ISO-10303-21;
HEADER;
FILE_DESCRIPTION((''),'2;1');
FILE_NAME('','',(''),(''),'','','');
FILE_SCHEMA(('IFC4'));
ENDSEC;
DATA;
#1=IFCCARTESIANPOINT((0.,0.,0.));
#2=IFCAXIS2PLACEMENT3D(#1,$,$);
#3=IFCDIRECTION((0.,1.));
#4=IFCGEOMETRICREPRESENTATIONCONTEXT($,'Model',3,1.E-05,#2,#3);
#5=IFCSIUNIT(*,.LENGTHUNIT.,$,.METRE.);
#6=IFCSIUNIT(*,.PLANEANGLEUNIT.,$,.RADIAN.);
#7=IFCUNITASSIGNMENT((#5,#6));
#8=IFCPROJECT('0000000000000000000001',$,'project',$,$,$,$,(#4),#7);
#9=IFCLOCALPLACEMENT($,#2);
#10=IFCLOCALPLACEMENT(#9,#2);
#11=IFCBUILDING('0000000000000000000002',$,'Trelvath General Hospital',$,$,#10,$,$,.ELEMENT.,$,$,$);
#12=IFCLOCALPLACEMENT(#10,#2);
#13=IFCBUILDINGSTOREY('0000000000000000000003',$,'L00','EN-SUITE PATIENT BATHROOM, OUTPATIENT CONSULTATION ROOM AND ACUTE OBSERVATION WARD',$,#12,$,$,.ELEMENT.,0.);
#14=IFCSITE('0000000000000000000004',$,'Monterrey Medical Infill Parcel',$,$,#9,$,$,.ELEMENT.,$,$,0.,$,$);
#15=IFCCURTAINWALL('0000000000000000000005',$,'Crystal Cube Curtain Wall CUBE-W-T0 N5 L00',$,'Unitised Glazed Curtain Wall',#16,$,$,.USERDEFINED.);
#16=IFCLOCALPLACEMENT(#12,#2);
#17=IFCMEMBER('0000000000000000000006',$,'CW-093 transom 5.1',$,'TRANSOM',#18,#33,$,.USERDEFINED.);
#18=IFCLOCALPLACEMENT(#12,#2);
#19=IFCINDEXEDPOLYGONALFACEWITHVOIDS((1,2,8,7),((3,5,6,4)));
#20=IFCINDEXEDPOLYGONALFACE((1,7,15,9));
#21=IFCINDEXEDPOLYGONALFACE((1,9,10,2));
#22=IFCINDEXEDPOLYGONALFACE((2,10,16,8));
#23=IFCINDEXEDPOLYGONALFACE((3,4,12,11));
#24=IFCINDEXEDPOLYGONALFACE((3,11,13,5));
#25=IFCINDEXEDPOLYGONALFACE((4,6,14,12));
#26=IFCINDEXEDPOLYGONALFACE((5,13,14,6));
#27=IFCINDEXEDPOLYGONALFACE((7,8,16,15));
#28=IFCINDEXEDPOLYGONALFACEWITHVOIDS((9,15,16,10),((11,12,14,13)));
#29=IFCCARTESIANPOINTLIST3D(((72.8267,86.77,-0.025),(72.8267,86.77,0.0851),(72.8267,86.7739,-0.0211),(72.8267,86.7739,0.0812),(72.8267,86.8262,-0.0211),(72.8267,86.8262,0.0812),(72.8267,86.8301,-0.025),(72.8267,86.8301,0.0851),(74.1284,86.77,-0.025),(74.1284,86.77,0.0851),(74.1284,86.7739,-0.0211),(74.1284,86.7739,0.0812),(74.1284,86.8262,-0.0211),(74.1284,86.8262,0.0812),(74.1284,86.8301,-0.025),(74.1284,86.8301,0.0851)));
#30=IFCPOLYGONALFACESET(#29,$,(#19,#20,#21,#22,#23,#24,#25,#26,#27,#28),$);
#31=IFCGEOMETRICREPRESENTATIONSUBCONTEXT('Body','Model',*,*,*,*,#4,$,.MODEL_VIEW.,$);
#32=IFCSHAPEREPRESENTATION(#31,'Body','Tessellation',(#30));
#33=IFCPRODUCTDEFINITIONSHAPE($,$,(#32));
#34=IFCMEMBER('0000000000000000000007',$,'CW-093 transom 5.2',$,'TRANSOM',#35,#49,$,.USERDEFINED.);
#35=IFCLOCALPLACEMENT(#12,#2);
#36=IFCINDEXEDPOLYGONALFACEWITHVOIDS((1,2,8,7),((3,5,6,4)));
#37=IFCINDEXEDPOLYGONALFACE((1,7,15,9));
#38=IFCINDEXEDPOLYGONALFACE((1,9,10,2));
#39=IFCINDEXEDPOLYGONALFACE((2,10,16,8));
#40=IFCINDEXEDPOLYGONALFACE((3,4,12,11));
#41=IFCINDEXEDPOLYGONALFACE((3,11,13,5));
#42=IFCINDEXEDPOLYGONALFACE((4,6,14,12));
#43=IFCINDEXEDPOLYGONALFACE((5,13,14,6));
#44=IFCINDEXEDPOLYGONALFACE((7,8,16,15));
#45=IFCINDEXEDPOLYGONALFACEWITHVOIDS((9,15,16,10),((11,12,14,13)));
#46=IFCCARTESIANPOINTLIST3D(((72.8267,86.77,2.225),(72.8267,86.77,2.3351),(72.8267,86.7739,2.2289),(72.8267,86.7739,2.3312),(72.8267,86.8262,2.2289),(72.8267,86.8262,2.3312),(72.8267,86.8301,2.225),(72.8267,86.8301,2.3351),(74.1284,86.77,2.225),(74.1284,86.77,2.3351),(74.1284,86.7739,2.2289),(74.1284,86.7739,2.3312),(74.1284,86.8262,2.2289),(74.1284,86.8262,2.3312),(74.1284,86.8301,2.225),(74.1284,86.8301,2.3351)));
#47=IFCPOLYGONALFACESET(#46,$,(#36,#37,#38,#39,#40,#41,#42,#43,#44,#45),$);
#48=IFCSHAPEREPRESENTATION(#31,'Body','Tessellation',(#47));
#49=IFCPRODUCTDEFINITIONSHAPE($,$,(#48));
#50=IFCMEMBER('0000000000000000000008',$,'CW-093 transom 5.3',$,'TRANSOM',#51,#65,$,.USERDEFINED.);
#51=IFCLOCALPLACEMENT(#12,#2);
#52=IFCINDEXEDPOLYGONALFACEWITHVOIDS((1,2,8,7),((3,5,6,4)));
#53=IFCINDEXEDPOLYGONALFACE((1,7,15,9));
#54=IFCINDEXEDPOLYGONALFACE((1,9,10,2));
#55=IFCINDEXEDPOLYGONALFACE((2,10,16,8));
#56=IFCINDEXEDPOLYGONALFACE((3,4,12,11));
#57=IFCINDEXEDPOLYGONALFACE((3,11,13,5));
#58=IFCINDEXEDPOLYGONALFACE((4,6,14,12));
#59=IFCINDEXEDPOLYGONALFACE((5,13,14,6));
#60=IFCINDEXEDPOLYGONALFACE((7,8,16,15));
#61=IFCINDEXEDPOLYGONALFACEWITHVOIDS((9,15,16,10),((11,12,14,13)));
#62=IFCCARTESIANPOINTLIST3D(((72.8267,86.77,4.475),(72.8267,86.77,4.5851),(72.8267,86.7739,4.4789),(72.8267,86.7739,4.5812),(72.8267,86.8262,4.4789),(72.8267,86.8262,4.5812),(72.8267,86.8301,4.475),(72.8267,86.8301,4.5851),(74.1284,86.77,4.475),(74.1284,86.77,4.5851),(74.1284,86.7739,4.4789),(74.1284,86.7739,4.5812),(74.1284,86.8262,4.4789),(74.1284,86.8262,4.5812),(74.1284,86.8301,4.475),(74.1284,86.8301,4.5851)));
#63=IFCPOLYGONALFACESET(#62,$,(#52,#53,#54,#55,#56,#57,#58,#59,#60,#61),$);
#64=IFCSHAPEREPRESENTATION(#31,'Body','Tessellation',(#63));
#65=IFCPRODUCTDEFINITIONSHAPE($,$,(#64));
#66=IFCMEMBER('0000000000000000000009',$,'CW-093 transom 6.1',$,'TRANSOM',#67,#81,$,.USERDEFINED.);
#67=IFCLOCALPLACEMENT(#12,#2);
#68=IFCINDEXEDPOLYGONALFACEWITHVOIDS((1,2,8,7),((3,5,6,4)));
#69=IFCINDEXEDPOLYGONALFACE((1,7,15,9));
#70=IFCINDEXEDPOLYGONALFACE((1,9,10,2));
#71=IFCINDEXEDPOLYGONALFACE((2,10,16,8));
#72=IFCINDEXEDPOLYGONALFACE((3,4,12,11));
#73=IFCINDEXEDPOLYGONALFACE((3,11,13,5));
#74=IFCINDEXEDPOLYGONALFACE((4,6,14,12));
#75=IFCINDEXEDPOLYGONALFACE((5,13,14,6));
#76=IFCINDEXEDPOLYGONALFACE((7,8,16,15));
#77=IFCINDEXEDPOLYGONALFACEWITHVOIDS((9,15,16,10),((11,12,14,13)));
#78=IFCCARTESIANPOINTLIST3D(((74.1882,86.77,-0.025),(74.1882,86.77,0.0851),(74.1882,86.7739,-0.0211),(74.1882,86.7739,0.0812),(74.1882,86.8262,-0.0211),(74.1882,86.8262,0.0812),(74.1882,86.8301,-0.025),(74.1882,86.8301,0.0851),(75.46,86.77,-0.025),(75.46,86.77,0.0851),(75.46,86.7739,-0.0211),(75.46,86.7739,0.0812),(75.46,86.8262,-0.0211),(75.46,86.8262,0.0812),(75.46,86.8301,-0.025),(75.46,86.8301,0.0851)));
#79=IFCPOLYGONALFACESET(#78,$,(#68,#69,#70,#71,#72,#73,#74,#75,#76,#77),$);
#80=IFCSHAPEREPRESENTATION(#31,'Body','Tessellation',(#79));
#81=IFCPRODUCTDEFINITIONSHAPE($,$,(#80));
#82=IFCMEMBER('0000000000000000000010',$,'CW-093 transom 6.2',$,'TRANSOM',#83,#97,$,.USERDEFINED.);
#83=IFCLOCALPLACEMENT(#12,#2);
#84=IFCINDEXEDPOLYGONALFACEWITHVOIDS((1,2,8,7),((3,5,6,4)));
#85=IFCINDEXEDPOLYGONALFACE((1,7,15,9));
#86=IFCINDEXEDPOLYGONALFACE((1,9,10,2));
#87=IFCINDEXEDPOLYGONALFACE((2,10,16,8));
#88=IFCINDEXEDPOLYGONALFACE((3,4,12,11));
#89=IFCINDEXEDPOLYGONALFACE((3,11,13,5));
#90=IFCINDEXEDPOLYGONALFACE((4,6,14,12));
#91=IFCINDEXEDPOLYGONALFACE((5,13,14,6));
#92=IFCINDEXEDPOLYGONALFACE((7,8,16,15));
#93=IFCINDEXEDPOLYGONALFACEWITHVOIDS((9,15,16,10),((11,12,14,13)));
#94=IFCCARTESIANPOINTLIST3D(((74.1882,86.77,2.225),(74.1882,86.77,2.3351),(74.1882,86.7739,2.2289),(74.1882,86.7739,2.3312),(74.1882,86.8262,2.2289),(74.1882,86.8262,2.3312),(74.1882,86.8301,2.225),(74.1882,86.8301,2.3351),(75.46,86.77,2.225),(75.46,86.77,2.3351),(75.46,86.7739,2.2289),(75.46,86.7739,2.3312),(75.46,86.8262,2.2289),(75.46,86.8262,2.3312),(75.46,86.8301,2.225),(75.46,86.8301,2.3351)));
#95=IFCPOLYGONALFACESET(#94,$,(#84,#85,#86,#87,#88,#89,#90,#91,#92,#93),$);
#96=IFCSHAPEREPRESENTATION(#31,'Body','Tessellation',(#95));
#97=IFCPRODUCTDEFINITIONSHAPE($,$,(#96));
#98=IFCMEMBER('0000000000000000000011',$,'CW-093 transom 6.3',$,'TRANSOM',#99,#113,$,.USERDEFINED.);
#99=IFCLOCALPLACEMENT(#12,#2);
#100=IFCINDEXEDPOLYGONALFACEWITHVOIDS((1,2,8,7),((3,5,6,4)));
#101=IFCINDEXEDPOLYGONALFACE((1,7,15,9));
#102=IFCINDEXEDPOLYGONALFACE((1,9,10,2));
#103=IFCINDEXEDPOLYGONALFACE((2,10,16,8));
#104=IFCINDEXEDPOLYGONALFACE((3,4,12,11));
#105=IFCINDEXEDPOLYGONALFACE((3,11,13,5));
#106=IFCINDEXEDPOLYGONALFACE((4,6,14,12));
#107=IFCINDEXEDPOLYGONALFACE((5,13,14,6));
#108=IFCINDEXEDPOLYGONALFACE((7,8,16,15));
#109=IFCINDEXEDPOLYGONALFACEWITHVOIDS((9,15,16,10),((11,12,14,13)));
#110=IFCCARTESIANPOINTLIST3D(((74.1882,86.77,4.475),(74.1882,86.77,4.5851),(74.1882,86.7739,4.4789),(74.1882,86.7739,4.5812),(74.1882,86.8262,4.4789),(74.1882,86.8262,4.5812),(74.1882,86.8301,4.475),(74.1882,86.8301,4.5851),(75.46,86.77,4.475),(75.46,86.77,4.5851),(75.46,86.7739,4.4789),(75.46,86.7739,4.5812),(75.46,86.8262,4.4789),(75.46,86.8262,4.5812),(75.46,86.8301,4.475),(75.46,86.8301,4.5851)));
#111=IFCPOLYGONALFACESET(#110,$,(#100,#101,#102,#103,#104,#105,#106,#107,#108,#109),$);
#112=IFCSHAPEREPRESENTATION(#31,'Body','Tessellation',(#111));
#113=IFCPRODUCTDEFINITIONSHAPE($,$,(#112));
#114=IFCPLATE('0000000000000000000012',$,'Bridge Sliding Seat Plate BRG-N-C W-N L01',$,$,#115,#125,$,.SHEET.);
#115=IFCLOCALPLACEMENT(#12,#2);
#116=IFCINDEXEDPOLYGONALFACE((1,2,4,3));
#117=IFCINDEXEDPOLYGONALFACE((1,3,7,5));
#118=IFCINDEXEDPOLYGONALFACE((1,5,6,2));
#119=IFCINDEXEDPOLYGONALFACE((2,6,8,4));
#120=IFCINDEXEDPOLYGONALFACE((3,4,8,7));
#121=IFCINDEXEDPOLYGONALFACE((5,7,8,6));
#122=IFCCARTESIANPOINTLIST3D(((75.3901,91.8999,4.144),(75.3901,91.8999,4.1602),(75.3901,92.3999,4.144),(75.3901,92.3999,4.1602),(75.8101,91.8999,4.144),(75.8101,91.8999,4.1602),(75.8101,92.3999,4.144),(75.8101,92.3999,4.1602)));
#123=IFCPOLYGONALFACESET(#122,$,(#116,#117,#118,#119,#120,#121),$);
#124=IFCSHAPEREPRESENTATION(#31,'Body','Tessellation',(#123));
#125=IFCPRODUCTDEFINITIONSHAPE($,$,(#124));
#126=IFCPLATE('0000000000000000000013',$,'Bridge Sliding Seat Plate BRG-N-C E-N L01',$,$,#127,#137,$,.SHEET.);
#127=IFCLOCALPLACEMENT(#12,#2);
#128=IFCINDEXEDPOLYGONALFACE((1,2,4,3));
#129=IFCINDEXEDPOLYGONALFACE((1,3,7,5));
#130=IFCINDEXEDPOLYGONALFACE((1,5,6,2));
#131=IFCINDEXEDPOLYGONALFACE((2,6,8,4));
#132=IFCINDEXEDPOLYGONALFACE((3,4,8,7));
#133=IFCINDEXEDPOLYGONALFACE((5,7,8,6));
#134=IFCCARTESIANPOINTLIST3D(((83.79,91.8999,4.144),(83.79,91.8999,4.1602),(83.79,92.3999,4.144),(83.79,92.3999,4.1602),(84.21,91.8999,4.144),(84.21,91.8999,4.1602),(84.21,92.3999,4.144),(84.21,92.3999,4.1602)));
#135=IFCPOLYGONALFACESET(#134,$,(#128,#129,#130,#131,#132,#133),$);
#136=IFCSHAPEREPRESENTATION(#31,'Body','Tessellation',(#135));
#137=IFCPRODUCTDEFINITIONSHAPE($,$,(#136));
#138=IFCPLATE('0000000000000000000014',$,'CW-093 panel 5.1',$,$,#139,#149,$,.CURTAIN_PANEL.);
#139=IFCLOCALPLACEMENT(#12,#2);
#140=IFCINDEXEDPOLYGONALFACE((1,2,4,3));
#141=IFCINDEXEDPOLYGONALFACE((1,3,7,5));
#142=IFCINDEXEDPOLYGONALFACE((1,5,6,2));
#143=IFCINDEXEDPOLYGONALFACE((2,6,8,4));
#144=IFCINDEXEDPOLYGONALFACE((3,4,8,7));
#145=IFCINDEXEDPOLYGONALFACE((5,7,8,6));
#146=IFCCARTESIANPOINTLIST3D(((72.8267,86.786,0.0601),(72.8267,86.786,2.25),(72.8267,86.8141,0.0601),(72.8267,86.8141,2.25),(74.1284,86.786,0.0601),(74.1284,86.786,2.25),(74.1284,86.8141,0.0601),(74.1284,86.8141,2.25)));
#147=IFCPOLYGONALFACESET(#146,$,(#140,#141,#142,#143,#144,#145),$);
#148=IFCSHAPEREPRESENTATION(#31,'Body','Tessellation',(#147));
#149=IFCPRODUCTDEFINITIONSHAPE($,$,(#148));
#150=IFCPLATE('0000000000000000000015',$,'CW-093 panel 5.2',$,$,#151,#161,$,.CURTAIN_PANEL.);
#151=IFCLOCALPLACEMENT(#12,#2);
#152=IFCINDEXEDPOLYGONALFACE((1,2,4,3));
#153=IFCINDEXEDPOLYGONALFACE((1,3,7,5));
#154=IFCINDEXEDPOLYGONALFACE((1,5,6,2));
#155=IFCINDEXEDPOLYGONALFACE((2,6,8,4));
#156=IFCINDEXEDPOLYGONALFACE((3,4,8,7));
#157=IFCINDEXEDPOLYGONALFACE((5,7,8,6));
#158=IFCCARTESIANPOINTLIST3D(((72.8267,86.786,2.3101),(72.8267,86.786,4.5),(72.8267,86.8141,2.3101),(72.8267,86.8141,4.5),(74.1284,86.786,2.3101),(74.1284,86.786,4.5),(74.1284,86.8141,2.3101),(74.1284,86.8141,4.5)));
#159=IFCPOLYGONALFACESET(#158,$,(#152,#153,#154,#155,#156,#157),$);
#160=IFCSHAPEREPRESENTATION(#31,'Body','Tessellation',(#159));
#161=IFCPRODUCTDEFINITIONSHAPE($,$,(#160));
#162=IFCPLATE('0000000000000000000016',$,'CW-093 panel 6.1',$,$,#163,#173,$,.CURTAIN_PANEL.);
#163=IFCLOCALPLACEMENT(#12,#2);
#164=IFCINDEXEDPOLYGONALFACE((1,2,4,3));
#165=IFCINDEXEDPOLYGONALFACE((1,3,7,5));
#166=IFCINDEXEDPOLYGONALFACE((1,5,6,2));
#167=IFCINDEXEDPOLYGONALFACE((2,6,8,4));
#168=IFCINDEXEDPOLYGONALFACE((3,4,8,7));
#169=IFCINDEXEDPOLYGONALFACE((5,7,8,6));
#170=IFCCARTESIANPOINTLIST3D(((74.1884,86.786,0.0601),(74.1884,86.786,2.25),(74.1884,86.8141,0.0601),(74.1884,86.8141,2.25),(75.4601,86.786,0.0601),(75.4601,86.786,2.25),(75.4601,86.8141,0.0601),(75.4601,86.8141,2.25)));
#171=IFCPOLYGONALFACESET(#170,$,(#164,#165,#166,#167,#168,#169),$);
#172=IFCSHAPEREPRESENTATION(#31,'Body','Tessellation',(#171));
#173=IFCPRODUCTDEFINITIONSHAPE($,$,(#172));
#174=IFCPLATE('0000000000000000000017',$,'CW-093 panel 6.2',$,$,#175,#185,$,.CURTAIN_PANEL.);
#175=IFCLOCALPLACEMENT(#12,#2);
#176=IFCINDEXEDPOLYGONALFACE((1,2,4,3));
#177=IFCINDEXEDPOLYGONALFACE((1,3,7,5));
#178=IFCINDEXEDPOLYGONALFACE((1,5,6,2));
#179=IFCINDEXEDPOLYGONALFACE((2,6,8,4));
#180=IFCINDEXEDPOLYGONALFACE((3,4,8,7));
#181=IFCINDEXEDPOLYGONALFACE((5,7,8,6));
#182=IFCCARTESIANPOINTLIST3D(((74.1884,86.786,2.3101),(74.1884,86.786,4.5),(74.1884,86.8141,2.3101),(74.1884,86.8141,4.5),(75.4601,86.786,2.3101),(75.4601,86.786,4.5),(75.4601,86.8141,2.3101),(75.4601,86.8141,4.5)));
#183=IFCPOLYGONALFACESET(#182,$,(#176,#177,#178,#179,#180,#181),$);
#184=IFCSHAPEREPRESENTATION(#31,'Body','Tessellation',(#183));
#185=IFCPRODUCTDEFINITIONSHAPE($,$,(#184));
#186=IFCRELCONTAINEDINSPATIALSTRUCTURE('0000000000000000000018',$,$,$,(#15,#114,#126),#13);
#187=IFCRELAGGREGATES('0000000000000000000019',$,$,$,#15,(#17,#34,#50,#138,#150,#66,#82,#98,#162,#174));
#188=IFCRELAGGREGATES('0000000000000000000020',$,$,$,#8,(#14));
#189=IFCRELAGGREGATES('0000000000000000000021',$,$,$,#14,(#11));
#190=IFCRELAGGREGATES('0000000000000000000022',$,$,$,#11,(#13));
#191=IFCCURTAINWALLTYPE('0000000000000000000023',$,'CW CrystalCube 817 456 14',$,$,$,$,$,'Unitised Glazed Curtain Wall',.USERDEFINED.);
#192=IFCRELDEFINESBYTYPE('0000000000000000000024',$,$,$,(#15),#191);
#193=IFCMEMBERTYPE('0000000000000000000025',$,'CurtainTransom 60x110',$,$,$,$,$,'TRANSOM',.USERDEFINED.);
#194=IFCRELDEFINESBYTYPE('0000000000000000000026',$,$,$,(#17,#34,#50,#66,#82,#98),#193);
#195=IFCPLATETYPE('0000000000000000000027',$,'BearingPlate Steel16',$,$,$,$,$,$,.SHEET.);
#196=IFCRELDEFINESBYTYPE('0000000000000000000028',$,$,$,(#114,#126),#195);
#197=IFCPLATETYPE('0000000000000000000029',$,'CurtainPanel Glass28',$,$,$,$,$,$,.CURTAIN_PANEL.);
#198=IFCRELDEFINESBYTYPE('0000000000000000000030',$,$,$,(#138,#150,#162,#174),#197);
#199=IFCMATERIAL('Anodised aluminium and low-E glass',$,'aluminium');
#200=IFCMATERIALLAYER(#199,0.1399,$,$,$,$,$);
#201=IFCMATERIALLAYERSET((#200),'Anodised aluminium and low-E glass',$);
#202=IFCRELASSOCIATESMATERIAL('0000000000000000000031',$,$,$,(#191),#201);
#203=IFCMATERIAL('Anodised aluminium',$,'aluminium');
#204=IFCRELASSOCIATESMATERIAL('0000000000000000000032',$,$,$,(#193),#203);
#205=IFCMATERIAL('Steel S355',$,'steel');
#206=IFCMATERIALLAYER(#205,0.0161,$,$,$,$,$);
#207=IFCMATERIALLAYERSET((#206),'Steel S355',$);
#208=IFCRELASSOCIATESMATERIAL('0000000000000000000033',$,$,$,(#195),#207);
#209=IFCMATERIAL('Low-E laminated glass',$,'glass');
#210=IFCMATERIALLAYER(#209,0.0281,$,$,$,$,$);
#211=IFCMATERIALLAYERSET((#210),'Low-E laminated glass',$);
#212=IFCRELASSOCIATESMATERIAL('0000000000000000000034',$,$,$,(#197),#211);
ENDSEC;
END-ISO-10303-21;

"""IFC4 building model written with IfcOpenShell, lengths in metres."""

from ifc_helpers import new_model, si_unit, direction, frame, origin, origin_2d, place, context, subcontext, project, spatial, rectangle, hollow_rectangle, extrude, material, layer, layer_set, material_profile, profile_set, type_object, element, aggregate, save


model = new_model("IFC4")

# Units and contexts
model_context = context("Model", 3, precision=1e-05, world=origin(), true_north=direction((0.0, 1.0)))
body_context = subcontext(model_context, "Body", "Model", "MODEL_VIEW")
ifc_project = project(units=[si_unit("LENGTHUNIT", "METRE"), si_unit("PLANEANGLEUNIT", "RADIAN")], contexts=[model_context])

# Site, building, storey
site_placement = place(None, origin())
site = spatial("IfcSite", under=ifc_project, at=site_placement, Name="Monterrey Medical Infill Parcel", CompositionType="ELEMENT", RefElevation=0.0)
building_placement = place(site_placement, origin())
building = spatial("IfcBuilding", under=site, at=building_placement, Name="Trelvath General Hospital", CompositionType="ELEMENT")
storey_placement = place(building_placement, origin())
storey = spatial("IfcBuildingStorey", under=building, at=storey_placement, Name="L00", Description="EN-SUITE PATIENT BATHROOM, OUTPATIENT CONSULTATION ROOM AND ACUTE OBSERVATION WARD", CompositionType="ELEMENT", Elevation=0.0)

# Curtain wall, members
ifc_material_1 = material(Name="Anodised aluminium and low-E glass", Category="aluminium")
ifc_layer_1 = layer(ifc_material_1, 0.1399)
ifc_layer_set_1 = layer_set([ifc_layer_1], Name="Anodised aluminium and low-E glass")
curtain_wall_type = type_object("IfcCurtainWallType", Name="CW CrystalCube 817 456 14", ElementType="Unitised Glazed Curtain Wall", PredefinedType="USERDEFINED", material=ifc_layer_set_1)
curtain_wall_placement = place(storey_placement, origin())
curtain_wall = element("IfcCurtainWall", 1, at=curtain_wall_placement, inside=storey, type_object=curtain_wall_type, Name="Crystal Cube Curtain Wall CUBE-W-T0 N5 L00", ObjectType="Unitised Glazed Curtain Wall", PredefinedType="USERDEFINED")
ifc_material_2 = material(Name="Anodised aluminium", Category="aluminium")
ifc_material_profile_1 = material_profile(ifc_material_2, hollow_rectangle(XDim=0.0601, YDim=0.1101, WallThickness=0.0039, at=origin_2d()), Name="RHS60x110x4")
ifc_profile_set_1 = profile_set([ifc_material_profile_1], Name="Anodised aluminium")
member_type_1 = type_object("IfcMemberType", Name="CurtainTransom 60x110", ElementType="TRANSOM", PredefinedType="USERDEFINED", material=ifc_profile_set_1)
member_1_placement = place(storey_placement, frame((72.8267, 86.8, 0.03), z_axis=(1.0, 0.0, 0.0), x_axis=(0.0, 1.0, 0.0)))
member_1 = element("IfcMember", 2, at=member_1_placement, type_object=member_type_1, Name="CW-093 transom 5.1", ObjectType="TRANSOM", PredefinedType="USERDEFINED", context=body_context, shape_type="SweptSolid", body=[
    extrude(hollow_rectangle(XDim=0.0601, YDim=0.1101, WallThickness=0.0039, at=origin_2d()), origin(), (0.0, 0.0, 1.0), 1.3018),
])
member_2_placement = place(storey_placement, frame((72.8267, 86.8, 2.28), z_axis=(1.0, 0.0, 0.0), x_axis=(0.0, 1.0, 0.0)))
member_2 = element("IfcMember", 3, at=member_2_placement, type_object=member_type_1, Name="CW-093 transom 5.2", ObjectType="TRANSOM", PredefinedType="USERDEFINED", context=body_context, shape_type="SweptSolid", body=[
    extrude(hollow_rectangle(XDim=0.0601, YDim=0.1101, WallThickness=0.0039, at=origin_2d()), origin(), (0.0, 0.0, 1.0), 1.3018),
])
member_3_placement = place(storey_placement, frame((72.8267, 86.8, 4.53), z_axis=(1.0, 0.0, 0.0), x_axis=(0.0, 1.0, 0.0)))
member_3 = element("IfcMember", 4, at=member_3_placement, type_object=member_type_1, Name="CW-093 transom 5.3", ObjectType="TRANSOM", PredefinedType="USERDEFINED", context=body_context, shape_type="SweptSolid", body=[
    extrude(hollow_rectangle(XDim=0.0601, YDim=0.1101, WallThickness=0.0039, at=origin_2d()), origin(), (0.0, 0.0, 1.0), 1.3018),
])
member_4_placement = place(storey_placement, frame((74.1882, 86.8, 0.03), z_axis=(1.0, 0.0, 0.0), x_axis=(0.0, 1.0, 0.0)))
member_4 = element("IfcMember", 5, at=member_4_placement, type_object=member_type_1, Name="CW-093 transom 6.1", ObjectType="TRANSOM", PredefinedType="USERDEFINED", context=body_context, shape_type="SweptSolid", body=[
    extrude(hollow_rectangle(XDim=0.0601, YDim=0.1101, WallThickness=0.0039, at=origin_2d()), origin(), (0.0, 0.0, 1.0), 1.2717),
])
member_5_placement = place(storey_placement, frame((74.1882, 86.8, 2.28), z_axis=(1.0, 0.0, 0.0), x_axis=(0.0, 1.0, 0.0)))
member_5 = element("IfcMember", 6, at=member_5_placement, type_object=member_type_1, Name="CW-093 transom 6.2", ObjectType="TRANSOM", PredefinedType="USERDEFINED", context=body_context, shape_type="SweptSolid", body=[
    extrude(hollow_rectangle(XDim=0.0601, YDim=0.1101, WallThickness=0.0039, at=origin_2d()), origin(), (0.0, 0.0, 1.0), 1.2717),
])
member_6_placement = place(storey_placement, frame((74.1882, 86.8, 4.53), z_axis=(1.0, 0.0, 0.0), x_axis=(0.0, 1.0, 0.0)))
member_6 = element("IfcMember", 7, at=member_6_placement, type_object=member_type_1, Name="CW-093 transom 6.3", ObjectType="TRANSOM", PredefinedType="USERDEFINED", context=body_context, shape_type="SweptSolid", body=[
    extrude(hollow_rectangle(XDim=0.0601, YDim=0.1101, WallThickness=0.0039, at=origin_2d()), origin(), (0.0, 0.0, 1.0), 1.2717),
])

# Plates
ifc_material_3 = material(Name="Steel S355", Category="steel")
ifc_layer_2 = layer(ifc_material_3, 0.0161)
ifc_layer_set_2 = layer_set([ifc_layer_2], Name="Steel S355")
plate_type_1 = type_object("IfcPlateType", Name="BearingPlate Steel16", PredefinedType="SHEET", material=ifc_layer_set_2)
for number, where, z_axis, x_axis, name in (
    (8, (75.6001, 92.1499, 4.144), (0.0, 0.0, 1.0), (1.0, 0.0, 0.0), "Bridge Sliding Seat Plate BRG-N-C W-N L01"),
    (9, (84.0, 92.1499, 4.144), (0.0, 0.0, 1.0), (1.0, 0.0, 0.0), "Bridge Sliding Seat Plate BRG-N-C E-N L01"),
):
    element("IfcPlate", number, at=place(storey_placement, frame(where, z_axis=z_axis, x_axis=x_axis)), inside=storey, type_object=plate_type_1, Name=name, PredefinedType="SHEET", context=body_context, shape_type="SweptSolid", body=[
        extrude(rectangle(XDim=0.4199, YDim=0.5, at=origin_2d()), origin(), (0.0, 0.0, 1.0), 0.0161),
    ])

# Plates
ifc_material_4 = material(Name="Low-E laminated glass", Category="glass")
ifc_layer_3 = layer(ifc_material_4, 0.0281)
ifc_layer_set_3 = layer_set([ifc_layer_3], Name="Low-E laminated glass")
plate_type_2 = type_object("IfcPlateType", Name="CurtainPanel Glass28", PredefinedType="CURTAIN_PANEL", material=ifc_layer_set_3)
plate_1_placement = place(storey_placement, frame((73.4775, 86.8, 0.0601), z_axis=(0.0, 0.0, 1.0), x_axis=(1.0, 0.0, 0.0)))
plate_1 = element("IfcPlate", 10, at=plate_1_placement, type_object=plate_type_2, Name="CW-093 panel 5.1", PredefinedType="CURTAIN_PANEL", context=body_context, shape_type="SweptSolid", body=[
    extrude(rectangle(XDim=1.3018, YDim=0.0281, at=origin_2d()), origin(), (0.0, 0.0, 1.0), 2.1899),
])
plate_2_placement = place(storey_placement, frame((73.4775, 86.8, 2.3101), z_axis=(0.0, 0.0, 1.0), x_axis=(1.0, 0.0, 0.0)))
plate_2 = element("IfcPlate", 11, at=plate_2_placement, type_object=plate_type_2, Name="CW-093 panel 5.2", PredefinedType="CURTAIN_PANEL", context=body_context, shape_type="SweptSolid", body=[
    extrude(rectangle(XDim=1.3018, YDim=0.0281, at=origin_2d()), origin(), (0.0, 0.0, 1.0), 2.1899),
])
plate_3_placement = place(storey_placement, frame((74.8242, 86.8, 0.0601), z_axis=(0.0, 0.0, 1.0), x_axis=(1.0, 0.0, 0.0)))
plate_3 = element("IfcPlate", 12, at=plate_3_placement, type_object=plate_type_2, Name="CW-093 panel 6.1", PredefinedType="CURTAIN_PANEL", context=body_context, shape_type="SweptSolid", body=[
    extrude(rectangle(XDim=1.2717, YDim=0.0281, at=origin_2d()), origin(), (0.0, 0.0, 1.0), 2.1899),
])
plate_4_placement = place(storey_placement, frame((74.8242, 86.8, 2.3101), z_axis=(0.0, 0.0, 1.0), x_axis=(1.0, 0.0, 0.0)))
plate_4 = element("IfcPlate", 13, at=plate_4_placement, type_object=plate_type_2, Name="CW-093 panel 6.2", PredefinedType="CURTAIN_PANEL", context=body_context, shape_type="SweptSolid", body=[
    extrude(rectangle(XDim=1.2717, YDim=0.0281, at=origin_2d()), origin(), (0.0, 0.0, 1.0), 2.1899),
])
aggregate(curtain_wall, [member_1, member_2, member_3, plate_1, plate_2, member_4, member_5, member_6, plate_3, plate_4])

save(model, "model.ifc")
